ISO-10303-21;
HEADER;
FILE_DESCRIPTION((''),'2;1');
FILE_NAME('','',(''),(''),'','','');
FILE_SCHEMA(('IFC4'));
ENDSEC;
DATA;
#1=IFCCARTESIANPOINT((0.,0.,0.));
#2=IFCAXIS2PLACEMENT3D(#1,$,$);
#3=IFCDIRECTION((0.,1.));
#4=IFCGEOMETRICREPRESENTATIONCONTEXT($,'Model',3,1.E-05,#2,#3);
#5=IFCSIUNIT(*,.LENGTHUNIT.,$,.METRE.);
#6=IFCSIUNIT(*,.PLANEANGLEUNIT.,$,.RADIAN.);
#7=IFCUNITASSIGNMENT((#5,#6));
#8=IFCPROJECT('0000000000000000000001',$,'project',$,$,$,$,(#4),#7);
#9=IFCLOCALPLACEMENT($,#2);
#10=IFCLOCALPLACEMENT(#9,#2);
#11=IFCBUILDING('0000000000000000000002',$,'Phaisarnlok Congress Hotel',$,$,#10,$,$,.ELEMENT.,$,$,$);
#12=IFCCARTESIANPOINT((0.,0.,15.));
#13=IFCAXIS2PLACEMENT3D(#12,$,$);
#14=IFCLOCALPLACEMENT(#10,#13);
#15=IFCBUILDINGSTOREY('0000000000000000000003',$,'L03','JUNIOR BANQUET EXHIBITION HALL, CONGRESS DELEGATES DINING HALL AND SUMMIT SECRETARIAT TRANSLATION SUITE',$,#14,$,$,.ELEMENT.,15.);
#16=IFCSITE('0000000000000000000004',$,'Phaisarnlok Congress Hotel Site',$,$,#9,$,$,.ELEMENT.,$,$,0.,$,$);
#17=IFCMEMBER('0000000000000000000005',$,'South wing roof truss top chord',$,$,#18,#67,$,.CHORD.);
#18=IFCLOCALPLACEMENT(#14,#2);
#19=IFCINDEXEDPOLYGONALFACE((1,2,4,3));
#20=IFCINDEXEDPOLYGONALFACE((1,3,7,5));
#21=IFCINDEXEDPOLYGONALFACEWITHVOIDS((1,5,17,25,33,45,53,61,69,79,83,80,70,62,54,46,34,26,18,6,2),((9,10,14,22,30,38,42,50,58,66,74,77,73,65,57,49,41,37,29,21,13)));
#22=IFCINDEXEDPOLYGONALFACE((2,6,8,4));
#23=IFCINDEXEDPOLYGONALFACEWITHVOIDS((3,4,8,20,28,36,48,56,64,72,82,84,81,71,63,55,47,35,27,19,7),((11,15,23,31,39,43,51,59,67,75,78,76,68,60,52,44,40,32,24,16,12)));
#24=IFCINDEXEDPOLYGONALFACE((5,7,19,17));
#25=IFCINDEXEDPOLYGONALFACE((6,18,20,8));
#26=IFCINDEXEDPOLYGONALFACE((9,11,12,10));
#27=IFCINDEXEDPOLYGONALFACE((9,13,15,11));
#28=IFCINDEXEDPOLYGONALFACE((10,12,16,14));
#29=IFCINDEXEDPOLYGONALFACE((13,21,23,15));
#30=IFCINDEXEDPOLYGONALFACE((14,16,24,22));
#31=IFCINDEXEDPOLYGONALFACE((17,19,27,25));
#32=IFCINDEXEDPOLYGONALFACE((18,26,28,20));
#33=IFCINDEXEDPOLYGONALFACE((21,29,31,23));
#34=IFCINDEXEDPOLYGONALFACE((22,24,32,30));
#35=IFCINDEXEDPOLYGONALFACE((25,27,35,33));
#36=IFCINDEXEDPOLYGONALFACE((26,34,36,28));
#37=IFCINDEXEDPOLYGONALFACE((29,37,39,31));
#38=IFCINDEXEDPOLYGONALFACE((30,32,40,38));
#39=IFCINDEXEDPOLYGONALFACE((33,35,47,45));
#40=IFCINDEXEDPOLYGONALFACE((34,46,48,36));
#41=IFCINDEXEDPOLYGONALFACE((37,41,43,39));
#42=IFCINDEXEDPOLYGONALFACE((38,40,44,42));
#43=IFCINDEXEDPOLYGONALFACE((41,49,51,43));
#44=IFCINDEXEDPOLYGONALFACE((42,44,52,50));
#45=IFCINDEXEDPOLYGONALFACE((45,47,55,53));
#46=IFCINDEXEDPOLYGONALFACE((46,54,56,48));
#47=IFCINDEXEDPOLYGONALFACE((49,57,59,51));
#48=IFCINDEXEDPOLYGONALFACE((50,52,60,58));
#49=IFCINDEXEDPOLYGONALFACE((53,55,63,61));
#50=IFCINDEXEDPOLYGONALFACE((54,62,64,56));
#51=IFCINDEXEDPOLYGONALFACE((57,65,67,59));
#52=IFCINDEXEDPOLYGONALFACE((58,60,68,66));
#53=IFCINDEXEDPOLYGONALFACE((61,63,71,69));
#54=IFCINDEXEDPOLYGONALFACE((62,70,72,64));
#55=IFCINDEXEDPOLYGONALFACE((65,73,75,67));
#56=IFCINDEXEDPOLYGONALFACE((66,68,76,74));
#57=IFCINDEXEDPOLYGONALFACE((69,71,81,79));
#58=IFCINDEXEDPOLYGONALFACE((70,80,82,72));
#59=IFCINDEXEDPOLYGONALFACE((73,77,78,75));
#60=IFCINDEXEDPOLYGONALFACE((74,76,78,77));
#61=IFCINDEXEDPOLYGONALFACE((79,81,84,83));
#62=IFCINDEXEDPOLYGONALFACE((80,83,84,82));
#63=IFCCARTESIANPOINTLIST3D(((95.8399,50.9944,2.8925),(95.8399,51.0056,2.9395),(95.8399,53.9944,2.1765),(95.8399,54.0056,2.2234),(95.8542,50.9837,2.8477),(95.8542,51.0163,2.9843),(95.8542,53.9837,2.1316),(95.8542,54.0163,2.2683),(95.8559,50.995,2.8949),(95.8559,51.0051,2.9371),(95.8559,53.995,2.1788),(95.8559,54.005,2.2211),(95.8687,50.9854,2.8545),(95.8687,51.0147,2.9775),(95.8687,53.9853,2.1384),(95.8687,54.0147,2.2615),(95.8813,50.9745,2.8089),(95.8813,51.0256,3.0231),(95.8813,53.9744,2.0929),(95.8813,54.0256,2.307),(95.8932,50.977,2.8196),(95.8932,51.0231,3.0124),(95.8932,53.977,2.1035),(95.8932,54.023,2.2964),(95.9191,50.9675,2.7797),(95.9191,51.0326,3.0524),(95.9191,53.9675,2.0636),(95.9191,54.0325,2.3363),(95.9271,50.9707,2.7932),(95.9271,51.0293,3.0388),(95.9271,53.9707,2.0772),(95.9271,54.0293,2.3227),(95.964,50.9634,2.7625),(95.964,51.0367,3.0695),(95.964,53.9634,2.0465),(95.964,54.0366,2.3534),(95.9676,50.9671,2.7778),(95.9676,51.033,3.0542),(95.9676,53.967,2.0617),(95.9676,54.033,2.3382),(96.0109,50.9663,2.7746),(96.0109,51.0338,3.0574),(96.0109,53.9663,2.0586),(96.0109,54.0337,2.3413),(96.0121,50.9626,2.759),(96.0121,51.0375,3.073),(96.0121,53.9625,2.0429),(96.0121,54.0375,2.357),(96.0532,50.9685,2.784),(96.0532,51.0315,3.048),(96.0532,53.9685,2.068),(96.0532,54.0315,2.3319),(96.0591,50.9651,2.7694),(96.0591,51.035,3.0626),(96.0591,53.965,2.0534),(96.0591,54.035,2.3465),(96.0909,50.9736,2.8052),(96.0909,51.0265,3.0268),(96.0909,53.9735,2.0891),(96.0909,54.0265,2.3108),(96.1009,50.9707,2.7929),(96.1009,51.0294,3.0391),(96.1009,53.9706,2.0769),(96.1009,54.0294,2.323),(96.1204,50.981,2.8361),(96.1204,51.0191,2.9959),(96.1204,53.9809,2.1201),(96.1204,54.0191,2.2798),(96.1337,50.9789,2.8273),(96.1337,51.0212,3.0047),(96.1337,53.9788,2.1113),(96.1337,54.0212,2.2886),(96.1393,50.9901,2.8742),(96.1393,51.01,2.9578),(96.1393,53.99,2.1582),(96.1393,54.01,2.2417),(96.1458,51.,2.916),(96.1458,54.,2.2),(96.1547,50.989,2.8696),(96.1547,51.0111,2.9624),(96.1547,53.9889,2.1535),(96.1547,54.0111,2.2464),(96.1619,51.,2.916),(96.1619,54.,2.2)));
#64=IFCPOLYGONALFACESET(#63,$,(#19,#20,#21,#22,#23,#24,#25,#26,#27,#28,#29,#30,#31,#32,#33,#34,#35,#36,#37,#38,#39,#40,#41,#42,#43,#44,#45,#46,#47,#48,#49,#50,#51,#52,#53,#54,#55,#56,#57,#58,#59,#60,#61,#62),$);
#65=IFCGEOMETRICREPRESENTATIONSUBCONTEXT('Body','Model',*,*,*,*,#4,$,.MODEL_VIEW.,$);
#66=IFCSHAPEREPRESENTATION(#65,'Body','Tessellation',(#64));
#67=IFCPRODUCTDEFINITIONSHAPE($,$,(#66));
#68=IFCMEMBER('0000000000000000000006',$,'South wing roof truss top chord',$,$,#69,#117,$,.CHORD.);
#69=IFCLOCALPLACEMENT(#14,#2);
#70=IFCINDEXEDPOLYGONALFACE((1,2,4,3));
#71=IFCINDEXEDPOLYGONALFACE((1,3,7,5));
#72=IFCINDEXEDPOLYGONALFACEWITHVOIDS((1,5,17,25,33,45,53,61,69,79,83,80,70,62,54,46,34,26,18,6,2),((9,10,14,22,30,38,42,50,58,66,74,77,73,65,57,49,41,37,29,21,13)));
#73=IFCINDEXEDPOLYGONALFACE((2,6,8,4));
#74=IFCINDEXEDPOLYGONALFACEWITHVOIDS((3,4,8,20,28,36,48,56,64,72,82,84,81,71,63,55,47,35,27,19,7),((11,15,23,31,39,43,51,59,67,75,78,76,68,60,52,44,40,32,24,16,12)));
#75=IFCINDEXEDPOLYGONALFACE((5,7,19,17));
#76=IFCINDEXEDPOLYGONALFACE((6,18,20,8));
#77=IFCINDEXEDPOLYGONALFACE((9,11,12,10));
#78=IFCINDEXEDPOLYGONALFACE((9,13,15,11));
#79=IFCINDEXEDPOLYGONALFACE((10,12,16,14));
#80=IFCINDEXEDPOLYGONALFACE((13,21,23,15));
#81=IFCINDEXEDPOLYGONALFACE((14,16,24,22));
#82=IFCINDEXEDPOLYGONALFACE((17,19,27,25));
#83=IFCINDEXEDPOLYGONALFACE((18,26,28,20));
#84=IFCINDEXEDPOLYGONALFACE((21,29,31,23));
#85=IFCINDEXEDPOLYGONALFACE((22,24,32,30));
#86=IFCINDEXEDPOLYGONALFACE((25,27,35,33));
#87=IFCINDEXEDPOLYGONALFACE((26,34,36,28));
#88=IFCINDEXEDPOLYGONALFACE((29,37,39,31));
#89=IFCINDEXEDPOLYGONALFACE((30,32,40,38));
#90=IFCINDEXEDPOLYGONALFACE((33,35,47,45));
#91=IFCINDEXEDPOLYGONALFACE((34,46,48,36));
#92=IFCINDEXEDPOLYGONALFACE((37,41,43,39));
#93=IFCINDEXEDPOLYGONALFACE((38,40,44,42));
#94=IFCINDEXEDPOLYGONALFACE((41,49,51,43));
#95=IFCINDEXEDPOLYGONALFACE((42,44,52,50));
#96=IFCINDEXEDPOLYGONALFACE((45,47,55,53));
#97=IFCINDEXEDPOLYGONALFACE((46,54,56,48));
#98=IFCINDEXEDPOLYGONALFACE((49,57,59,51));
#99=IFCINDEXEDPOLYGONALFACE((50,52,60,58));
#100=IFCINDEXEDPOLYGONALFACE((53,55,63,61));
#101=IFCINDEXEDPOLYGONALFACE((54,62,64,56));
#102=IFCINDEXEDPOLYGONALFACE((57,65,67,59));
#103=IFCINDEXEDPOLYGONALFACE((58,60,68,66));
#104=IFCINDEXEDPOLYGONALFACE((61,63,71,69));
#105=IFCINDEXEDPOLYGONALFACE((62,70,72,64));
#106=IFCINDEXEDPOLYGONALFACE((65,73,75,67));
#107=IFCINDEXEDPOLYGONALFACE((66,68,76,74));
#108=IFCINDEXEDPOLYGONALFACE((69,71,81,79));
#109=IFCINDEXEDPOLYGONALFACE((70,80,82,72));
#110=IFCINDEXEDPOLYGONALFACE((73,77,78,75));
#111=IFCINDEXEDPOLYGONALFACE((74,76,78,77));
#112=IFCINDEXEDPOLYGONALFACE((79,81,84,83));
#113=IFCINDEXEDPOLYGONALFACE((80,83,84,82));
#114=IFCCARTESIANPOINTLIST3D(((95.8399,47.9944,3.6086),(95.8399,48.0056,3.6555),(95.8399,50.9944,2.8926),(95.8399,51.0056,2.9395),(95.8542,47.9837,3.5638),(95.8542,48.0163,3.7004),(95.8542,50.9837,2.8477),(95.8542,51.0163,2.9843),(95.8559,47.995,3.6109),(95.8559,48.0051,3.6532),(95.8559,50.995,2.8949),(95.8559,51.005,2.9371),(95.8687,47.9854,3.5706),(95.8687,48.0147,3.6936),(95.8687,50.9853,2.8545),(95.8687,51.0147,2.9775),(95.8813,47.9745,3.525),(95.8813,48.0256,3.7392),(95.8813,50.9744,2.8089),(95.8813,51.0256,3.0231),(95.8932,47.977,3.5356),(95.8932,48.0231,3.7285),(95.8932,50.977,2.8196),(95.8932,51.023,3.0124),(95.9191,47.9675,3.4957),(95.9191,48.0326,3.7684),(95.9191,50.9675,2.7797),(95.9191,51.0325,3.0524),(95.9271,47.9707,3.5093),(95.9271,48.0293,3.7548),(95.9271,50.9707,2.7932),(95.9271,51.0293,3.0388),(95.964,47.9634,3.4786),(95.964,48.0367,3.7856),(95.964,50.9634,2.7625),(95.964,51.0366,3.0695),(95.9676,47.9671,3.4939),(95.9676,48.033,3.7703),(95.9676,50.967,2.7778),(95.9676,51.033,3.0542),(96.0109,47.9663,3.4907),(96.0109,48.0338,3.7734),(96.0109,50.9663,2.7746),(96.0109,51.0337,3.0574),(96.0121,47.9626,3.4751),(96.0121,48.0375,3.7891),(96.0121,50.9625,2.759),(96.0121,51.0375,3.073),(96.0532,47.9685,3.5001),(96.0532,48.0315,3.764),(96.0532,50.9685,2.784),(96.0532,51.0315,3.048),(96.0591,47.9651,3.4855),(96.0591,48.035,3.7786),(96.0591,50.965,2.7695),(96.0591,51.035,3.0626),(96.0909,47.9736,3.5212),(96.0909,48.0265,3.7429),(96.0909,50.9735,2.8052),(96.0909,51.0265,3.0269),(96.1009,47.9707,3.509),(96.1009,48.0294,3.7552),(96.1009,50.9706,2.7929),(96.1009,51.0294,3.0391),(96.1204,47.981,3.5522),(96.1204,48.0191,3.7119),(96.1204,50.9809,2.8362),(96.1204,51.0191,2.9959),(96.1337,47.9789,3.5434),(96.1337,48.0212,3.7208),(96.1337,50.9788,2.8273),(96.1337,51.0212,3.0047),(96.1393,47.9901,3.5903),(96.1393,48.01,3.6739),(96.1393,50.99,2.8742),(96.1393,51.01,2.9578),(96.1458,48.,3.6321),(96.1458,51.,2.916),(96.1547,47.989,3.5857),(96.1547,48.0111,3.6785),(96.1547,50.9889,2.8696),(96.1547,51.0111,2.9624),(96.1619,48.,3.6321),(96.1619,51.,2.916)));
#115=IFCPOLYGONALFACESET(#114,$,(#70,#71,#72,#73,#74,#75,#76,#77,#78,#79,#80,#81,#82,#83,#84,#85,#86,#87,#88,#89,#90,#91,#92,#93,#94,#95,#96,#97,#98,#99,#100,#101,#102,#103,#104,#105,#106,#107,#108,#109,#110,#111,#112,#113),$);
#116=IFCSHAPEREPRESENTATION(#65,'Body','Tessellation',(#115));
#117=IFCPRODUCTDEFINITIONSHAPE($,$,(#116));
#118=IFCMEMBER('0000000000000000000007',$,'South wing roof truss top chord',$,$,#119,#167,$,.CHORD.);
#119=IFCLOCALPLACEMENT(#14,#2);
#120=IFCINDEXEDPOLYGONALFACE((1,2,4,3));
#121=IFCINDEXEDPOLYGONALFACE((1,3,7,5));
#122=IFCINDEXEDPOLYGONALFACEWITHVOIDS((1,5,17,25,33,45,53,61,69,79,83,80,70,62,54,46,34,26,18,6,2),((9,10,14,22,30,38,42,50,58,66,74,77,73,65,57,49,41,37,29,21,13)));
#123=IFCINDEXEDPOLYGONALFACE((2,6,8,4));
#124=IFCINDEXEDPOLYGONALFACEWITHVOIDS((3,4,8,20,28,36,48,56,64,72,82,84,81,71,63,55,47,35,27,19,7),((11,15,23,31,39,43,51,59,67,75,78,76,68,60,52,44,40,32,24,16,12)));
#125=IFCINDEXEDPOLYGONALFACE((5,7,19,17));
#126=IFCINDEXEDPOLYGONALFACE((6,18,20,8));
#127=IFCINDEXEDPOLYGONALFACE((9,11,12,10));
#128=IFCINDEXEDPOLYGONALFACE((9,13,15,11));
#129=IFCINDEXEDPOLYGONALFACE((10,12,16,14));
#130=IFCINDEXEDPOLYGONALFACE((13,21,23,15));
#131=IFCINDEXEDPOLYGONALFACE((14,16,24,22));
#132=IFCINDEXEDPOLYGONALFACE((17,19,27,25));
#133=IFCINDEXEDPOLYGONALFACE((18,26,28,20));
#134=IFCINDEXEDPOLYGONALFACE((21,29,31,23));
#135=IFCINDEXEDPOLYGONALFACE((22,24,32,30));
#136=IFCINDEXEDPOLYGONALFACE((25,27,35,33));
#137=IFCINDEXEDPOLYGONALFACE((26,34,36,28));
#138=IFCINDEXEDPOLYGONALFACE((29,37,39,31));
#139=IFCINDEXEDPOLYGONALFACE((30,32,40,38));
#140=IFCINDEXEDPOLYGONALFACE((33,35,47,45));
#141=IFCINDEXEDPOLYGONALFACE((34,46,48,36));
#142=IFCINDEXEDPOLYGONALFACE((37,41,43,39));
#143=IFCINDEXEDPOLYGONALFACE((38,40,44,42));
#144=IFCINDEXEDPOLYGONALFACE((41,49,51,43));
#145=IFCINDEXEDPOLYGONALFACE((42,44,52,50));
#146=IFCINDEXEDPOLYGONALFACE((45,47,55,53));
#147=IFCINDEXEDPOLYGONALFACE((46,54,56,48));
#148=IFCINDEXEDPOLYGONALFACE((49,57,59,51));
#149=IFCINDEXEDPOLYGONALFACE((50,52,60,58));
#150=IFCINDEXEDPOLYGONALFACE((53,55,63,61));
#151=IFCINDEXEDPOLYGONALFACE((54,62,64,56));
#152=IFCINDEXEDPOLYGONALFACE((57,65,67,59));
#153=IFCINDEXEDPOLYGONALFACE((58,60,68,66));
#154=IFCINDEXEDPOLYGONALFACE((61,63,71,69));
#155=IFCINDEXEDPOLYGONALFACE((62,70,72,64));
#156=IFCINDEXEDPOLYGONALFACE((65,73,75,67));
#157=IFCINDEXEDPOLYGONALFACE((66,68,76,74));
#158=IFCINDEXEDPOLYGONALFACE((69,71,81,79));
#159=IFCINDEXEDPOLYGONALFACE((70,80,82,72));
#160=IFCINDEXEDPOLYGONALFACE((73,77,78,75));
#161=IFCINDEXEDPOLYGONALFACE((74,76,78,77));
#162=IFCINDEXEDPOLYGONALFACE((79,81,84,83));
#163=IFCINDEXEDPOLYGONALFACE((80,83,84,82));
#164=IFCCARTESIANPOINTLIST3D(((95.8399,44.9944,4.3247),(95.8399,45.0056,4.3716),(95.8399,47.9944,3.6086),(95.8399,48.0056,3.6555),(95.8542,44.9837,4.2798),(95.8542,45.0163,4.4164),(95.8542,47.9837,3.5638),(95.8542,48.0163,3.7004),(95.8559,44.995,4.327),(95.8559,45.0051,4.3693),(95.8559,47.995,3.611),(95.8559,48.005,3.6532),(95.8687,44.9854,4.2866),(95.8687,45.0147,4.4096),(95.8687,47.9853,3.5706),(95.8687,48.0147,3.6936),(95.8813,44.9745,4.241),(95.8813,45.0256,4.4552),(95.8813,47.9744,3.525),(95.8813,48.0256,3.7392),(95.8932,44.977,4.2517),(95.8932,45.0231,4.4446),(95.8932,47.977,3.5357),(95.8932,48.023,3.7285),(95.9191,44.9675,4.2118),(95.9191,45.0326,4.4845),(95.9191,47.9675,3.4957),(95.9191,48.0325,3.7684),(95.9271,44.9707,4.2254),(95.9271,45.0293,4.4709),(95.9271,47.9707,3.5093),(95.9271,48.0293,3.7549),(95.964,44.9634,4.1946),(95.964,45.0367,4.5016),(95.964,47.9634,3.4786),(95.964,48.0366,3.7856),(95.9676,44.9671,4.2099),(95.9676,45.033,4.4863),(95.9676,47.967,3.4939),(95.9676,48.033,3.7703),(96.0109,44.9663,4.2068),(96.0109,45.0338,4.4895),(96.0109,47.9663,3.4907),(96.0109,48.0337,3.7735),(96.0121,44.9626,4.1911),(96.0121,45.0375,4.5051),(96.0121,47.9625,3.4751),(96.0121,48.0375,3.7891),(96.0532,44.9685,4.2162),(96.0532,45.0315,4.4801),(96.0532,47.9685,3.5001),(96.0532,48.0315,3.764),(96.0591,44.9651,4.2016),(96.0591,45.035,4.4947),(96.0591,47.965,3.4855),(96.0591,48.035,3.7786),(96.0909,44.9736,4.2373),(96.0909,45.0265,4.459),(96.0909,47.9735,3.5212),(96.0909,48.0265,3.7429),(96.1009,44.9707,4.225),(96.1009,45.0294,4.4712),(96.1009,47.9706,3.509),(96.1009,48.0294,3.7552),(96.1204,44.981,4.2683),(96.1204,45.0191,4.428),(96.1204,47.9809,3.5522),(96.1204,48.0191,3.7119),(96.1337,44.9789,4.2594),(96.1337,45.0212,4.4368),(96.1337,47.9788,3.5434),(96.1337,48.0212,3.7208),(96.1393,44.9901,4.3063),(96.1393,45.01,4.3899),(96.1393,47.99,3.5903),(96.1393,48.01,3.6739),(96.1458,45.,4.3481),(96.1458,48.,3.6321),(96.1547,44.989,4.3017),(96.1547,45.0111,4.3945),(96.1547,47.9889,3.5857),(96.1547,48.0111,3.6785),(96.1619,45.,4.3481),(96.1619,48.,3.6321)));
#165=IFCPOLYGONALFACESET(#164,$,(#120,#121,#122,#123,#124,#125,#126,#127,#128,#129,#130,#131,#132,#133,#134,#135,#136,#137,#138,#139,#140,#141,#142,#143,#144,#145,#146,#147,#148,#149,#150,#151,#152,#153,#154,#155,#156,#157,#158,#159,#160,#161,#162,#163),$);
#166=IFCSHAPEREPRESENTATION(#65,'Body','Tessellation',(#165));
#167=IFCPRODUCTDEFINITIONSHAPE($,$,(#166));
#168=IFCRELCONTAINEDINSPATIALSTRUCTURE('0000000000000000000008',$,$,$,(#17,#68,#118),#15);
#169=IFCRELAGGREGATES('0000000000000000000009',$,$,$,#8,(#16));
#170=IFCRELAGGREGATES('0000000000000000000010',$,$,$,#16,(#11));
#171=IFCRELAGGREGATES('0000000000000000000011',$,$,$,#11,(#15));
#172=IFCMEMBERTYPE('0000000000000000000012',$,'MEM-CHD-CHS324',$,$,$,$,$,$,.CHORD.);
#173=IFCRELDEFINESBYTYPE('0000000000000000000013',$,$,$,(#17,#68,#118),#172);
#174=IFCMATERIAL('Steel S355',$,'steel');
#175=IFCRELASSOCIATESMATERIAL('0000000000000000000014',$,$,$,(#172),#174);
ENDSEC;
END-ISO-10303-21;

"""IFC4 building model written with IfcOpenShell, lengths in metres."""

from ifc_helpers import new_model, si_unit, direction, frame, origin, origin_2d, place, context, subcontext, project, spatial, hollow_circle, extrude, material, material_profile, profile_set, type_object, element, save


model = new_model("IFC4")

# Units and contexts
model_context = context("Model", 3, precision=1e-05, world=origin(), true_north=direction((0.0, 1.0)))
body_context = subcontext(model_context, "Body", "Model", "MODEL_VIEW")
ifc_project = project(units=[si_unit("LENGTHUNIT", "METRE"), si_unit("PLANEANGLEUNIT", "RADIAN")], contexts=[model_context])

# Site, building, storey
site_placement = place(None, origin())
site = spatial("IfcSite", under=ifc_project, at=site_placement, Name="Phaisarnlok Congress Hotel Site", CompositionType="ELEMENT", RefElevation=0.0)
building_placement = place(site_placement, origin())
building = spatial("IfcBuilding", under=site, at=building_placement, Name="Phaisarnlok Congress Hotel", CompositionType="ELEMENT")
storey_placement = place(building_placement, frame((0.0, 0.0, 15.0)))
storey = spatial("IfcBuildingStorey", under=building, at=storey_placement, Name="L03", Description="JUNIOR BANQUET EXHIBITION HALL, CONGRESS DELEGATES DINING HALL AND SUMMIT SECRETARIAT TRANSLATION SUITE", CompositionType="ELEMENT", Elevation=15.0)

# Shared definitions
ifc_material_1 = material(Name="Steel S355", Category="steel")

# Members
ifc_material_profile_1 = material_profile(ifc_material_1, hollow_circle(Radius=0.1619, WallThickness=0.0161, at=origin_2d()), Name="CHS 323.9x16")
ifc_profile_set_1 = profile_set([ifc_material_profile_1], Name="Steel S355")
member_type_1 = type_object("IfcMemberType", Name="MEM-CHD-CHS324", PredefinedType="CHORD", material=ifc_profile_set_1)
for number, where, z_axis, x_axis, name in (
    (1, (96.0, 54.0, 2.2), (0.0, -0.972676, 0.232166), (1.0, 0.0, 0.0), "South wing roof truss top chord"),
    (2, (96.0, 51.0, 2.916), (0.0, -0.972676, 0.232166), (1.0, 0.0, 0.0), "South wing roof truss top chord"),
    (3, (96.0, 48.0, 3.6321), (0.0, -0.972676, 0.232166), (1.0, 0.0, 0.0), "South wing roof truss top chord"),
):
    element("IfcMember", number, at=place(storey_placement, frame(where, z_axis=z_axis, x_axis=x_axis)), inside=storey, type_object=member_type_1, Name=name, PredefinedType="CHORD", context=body_context, shape_type="SweptSolid", body=[
        extrude(hollow_circle(Radius=0.1619, WallThickness=0.0161, at=origin_2d()), origin(), (0.0, 0.0, 1.0), 3.0842),
    ])

save(model, "model.ifc")
